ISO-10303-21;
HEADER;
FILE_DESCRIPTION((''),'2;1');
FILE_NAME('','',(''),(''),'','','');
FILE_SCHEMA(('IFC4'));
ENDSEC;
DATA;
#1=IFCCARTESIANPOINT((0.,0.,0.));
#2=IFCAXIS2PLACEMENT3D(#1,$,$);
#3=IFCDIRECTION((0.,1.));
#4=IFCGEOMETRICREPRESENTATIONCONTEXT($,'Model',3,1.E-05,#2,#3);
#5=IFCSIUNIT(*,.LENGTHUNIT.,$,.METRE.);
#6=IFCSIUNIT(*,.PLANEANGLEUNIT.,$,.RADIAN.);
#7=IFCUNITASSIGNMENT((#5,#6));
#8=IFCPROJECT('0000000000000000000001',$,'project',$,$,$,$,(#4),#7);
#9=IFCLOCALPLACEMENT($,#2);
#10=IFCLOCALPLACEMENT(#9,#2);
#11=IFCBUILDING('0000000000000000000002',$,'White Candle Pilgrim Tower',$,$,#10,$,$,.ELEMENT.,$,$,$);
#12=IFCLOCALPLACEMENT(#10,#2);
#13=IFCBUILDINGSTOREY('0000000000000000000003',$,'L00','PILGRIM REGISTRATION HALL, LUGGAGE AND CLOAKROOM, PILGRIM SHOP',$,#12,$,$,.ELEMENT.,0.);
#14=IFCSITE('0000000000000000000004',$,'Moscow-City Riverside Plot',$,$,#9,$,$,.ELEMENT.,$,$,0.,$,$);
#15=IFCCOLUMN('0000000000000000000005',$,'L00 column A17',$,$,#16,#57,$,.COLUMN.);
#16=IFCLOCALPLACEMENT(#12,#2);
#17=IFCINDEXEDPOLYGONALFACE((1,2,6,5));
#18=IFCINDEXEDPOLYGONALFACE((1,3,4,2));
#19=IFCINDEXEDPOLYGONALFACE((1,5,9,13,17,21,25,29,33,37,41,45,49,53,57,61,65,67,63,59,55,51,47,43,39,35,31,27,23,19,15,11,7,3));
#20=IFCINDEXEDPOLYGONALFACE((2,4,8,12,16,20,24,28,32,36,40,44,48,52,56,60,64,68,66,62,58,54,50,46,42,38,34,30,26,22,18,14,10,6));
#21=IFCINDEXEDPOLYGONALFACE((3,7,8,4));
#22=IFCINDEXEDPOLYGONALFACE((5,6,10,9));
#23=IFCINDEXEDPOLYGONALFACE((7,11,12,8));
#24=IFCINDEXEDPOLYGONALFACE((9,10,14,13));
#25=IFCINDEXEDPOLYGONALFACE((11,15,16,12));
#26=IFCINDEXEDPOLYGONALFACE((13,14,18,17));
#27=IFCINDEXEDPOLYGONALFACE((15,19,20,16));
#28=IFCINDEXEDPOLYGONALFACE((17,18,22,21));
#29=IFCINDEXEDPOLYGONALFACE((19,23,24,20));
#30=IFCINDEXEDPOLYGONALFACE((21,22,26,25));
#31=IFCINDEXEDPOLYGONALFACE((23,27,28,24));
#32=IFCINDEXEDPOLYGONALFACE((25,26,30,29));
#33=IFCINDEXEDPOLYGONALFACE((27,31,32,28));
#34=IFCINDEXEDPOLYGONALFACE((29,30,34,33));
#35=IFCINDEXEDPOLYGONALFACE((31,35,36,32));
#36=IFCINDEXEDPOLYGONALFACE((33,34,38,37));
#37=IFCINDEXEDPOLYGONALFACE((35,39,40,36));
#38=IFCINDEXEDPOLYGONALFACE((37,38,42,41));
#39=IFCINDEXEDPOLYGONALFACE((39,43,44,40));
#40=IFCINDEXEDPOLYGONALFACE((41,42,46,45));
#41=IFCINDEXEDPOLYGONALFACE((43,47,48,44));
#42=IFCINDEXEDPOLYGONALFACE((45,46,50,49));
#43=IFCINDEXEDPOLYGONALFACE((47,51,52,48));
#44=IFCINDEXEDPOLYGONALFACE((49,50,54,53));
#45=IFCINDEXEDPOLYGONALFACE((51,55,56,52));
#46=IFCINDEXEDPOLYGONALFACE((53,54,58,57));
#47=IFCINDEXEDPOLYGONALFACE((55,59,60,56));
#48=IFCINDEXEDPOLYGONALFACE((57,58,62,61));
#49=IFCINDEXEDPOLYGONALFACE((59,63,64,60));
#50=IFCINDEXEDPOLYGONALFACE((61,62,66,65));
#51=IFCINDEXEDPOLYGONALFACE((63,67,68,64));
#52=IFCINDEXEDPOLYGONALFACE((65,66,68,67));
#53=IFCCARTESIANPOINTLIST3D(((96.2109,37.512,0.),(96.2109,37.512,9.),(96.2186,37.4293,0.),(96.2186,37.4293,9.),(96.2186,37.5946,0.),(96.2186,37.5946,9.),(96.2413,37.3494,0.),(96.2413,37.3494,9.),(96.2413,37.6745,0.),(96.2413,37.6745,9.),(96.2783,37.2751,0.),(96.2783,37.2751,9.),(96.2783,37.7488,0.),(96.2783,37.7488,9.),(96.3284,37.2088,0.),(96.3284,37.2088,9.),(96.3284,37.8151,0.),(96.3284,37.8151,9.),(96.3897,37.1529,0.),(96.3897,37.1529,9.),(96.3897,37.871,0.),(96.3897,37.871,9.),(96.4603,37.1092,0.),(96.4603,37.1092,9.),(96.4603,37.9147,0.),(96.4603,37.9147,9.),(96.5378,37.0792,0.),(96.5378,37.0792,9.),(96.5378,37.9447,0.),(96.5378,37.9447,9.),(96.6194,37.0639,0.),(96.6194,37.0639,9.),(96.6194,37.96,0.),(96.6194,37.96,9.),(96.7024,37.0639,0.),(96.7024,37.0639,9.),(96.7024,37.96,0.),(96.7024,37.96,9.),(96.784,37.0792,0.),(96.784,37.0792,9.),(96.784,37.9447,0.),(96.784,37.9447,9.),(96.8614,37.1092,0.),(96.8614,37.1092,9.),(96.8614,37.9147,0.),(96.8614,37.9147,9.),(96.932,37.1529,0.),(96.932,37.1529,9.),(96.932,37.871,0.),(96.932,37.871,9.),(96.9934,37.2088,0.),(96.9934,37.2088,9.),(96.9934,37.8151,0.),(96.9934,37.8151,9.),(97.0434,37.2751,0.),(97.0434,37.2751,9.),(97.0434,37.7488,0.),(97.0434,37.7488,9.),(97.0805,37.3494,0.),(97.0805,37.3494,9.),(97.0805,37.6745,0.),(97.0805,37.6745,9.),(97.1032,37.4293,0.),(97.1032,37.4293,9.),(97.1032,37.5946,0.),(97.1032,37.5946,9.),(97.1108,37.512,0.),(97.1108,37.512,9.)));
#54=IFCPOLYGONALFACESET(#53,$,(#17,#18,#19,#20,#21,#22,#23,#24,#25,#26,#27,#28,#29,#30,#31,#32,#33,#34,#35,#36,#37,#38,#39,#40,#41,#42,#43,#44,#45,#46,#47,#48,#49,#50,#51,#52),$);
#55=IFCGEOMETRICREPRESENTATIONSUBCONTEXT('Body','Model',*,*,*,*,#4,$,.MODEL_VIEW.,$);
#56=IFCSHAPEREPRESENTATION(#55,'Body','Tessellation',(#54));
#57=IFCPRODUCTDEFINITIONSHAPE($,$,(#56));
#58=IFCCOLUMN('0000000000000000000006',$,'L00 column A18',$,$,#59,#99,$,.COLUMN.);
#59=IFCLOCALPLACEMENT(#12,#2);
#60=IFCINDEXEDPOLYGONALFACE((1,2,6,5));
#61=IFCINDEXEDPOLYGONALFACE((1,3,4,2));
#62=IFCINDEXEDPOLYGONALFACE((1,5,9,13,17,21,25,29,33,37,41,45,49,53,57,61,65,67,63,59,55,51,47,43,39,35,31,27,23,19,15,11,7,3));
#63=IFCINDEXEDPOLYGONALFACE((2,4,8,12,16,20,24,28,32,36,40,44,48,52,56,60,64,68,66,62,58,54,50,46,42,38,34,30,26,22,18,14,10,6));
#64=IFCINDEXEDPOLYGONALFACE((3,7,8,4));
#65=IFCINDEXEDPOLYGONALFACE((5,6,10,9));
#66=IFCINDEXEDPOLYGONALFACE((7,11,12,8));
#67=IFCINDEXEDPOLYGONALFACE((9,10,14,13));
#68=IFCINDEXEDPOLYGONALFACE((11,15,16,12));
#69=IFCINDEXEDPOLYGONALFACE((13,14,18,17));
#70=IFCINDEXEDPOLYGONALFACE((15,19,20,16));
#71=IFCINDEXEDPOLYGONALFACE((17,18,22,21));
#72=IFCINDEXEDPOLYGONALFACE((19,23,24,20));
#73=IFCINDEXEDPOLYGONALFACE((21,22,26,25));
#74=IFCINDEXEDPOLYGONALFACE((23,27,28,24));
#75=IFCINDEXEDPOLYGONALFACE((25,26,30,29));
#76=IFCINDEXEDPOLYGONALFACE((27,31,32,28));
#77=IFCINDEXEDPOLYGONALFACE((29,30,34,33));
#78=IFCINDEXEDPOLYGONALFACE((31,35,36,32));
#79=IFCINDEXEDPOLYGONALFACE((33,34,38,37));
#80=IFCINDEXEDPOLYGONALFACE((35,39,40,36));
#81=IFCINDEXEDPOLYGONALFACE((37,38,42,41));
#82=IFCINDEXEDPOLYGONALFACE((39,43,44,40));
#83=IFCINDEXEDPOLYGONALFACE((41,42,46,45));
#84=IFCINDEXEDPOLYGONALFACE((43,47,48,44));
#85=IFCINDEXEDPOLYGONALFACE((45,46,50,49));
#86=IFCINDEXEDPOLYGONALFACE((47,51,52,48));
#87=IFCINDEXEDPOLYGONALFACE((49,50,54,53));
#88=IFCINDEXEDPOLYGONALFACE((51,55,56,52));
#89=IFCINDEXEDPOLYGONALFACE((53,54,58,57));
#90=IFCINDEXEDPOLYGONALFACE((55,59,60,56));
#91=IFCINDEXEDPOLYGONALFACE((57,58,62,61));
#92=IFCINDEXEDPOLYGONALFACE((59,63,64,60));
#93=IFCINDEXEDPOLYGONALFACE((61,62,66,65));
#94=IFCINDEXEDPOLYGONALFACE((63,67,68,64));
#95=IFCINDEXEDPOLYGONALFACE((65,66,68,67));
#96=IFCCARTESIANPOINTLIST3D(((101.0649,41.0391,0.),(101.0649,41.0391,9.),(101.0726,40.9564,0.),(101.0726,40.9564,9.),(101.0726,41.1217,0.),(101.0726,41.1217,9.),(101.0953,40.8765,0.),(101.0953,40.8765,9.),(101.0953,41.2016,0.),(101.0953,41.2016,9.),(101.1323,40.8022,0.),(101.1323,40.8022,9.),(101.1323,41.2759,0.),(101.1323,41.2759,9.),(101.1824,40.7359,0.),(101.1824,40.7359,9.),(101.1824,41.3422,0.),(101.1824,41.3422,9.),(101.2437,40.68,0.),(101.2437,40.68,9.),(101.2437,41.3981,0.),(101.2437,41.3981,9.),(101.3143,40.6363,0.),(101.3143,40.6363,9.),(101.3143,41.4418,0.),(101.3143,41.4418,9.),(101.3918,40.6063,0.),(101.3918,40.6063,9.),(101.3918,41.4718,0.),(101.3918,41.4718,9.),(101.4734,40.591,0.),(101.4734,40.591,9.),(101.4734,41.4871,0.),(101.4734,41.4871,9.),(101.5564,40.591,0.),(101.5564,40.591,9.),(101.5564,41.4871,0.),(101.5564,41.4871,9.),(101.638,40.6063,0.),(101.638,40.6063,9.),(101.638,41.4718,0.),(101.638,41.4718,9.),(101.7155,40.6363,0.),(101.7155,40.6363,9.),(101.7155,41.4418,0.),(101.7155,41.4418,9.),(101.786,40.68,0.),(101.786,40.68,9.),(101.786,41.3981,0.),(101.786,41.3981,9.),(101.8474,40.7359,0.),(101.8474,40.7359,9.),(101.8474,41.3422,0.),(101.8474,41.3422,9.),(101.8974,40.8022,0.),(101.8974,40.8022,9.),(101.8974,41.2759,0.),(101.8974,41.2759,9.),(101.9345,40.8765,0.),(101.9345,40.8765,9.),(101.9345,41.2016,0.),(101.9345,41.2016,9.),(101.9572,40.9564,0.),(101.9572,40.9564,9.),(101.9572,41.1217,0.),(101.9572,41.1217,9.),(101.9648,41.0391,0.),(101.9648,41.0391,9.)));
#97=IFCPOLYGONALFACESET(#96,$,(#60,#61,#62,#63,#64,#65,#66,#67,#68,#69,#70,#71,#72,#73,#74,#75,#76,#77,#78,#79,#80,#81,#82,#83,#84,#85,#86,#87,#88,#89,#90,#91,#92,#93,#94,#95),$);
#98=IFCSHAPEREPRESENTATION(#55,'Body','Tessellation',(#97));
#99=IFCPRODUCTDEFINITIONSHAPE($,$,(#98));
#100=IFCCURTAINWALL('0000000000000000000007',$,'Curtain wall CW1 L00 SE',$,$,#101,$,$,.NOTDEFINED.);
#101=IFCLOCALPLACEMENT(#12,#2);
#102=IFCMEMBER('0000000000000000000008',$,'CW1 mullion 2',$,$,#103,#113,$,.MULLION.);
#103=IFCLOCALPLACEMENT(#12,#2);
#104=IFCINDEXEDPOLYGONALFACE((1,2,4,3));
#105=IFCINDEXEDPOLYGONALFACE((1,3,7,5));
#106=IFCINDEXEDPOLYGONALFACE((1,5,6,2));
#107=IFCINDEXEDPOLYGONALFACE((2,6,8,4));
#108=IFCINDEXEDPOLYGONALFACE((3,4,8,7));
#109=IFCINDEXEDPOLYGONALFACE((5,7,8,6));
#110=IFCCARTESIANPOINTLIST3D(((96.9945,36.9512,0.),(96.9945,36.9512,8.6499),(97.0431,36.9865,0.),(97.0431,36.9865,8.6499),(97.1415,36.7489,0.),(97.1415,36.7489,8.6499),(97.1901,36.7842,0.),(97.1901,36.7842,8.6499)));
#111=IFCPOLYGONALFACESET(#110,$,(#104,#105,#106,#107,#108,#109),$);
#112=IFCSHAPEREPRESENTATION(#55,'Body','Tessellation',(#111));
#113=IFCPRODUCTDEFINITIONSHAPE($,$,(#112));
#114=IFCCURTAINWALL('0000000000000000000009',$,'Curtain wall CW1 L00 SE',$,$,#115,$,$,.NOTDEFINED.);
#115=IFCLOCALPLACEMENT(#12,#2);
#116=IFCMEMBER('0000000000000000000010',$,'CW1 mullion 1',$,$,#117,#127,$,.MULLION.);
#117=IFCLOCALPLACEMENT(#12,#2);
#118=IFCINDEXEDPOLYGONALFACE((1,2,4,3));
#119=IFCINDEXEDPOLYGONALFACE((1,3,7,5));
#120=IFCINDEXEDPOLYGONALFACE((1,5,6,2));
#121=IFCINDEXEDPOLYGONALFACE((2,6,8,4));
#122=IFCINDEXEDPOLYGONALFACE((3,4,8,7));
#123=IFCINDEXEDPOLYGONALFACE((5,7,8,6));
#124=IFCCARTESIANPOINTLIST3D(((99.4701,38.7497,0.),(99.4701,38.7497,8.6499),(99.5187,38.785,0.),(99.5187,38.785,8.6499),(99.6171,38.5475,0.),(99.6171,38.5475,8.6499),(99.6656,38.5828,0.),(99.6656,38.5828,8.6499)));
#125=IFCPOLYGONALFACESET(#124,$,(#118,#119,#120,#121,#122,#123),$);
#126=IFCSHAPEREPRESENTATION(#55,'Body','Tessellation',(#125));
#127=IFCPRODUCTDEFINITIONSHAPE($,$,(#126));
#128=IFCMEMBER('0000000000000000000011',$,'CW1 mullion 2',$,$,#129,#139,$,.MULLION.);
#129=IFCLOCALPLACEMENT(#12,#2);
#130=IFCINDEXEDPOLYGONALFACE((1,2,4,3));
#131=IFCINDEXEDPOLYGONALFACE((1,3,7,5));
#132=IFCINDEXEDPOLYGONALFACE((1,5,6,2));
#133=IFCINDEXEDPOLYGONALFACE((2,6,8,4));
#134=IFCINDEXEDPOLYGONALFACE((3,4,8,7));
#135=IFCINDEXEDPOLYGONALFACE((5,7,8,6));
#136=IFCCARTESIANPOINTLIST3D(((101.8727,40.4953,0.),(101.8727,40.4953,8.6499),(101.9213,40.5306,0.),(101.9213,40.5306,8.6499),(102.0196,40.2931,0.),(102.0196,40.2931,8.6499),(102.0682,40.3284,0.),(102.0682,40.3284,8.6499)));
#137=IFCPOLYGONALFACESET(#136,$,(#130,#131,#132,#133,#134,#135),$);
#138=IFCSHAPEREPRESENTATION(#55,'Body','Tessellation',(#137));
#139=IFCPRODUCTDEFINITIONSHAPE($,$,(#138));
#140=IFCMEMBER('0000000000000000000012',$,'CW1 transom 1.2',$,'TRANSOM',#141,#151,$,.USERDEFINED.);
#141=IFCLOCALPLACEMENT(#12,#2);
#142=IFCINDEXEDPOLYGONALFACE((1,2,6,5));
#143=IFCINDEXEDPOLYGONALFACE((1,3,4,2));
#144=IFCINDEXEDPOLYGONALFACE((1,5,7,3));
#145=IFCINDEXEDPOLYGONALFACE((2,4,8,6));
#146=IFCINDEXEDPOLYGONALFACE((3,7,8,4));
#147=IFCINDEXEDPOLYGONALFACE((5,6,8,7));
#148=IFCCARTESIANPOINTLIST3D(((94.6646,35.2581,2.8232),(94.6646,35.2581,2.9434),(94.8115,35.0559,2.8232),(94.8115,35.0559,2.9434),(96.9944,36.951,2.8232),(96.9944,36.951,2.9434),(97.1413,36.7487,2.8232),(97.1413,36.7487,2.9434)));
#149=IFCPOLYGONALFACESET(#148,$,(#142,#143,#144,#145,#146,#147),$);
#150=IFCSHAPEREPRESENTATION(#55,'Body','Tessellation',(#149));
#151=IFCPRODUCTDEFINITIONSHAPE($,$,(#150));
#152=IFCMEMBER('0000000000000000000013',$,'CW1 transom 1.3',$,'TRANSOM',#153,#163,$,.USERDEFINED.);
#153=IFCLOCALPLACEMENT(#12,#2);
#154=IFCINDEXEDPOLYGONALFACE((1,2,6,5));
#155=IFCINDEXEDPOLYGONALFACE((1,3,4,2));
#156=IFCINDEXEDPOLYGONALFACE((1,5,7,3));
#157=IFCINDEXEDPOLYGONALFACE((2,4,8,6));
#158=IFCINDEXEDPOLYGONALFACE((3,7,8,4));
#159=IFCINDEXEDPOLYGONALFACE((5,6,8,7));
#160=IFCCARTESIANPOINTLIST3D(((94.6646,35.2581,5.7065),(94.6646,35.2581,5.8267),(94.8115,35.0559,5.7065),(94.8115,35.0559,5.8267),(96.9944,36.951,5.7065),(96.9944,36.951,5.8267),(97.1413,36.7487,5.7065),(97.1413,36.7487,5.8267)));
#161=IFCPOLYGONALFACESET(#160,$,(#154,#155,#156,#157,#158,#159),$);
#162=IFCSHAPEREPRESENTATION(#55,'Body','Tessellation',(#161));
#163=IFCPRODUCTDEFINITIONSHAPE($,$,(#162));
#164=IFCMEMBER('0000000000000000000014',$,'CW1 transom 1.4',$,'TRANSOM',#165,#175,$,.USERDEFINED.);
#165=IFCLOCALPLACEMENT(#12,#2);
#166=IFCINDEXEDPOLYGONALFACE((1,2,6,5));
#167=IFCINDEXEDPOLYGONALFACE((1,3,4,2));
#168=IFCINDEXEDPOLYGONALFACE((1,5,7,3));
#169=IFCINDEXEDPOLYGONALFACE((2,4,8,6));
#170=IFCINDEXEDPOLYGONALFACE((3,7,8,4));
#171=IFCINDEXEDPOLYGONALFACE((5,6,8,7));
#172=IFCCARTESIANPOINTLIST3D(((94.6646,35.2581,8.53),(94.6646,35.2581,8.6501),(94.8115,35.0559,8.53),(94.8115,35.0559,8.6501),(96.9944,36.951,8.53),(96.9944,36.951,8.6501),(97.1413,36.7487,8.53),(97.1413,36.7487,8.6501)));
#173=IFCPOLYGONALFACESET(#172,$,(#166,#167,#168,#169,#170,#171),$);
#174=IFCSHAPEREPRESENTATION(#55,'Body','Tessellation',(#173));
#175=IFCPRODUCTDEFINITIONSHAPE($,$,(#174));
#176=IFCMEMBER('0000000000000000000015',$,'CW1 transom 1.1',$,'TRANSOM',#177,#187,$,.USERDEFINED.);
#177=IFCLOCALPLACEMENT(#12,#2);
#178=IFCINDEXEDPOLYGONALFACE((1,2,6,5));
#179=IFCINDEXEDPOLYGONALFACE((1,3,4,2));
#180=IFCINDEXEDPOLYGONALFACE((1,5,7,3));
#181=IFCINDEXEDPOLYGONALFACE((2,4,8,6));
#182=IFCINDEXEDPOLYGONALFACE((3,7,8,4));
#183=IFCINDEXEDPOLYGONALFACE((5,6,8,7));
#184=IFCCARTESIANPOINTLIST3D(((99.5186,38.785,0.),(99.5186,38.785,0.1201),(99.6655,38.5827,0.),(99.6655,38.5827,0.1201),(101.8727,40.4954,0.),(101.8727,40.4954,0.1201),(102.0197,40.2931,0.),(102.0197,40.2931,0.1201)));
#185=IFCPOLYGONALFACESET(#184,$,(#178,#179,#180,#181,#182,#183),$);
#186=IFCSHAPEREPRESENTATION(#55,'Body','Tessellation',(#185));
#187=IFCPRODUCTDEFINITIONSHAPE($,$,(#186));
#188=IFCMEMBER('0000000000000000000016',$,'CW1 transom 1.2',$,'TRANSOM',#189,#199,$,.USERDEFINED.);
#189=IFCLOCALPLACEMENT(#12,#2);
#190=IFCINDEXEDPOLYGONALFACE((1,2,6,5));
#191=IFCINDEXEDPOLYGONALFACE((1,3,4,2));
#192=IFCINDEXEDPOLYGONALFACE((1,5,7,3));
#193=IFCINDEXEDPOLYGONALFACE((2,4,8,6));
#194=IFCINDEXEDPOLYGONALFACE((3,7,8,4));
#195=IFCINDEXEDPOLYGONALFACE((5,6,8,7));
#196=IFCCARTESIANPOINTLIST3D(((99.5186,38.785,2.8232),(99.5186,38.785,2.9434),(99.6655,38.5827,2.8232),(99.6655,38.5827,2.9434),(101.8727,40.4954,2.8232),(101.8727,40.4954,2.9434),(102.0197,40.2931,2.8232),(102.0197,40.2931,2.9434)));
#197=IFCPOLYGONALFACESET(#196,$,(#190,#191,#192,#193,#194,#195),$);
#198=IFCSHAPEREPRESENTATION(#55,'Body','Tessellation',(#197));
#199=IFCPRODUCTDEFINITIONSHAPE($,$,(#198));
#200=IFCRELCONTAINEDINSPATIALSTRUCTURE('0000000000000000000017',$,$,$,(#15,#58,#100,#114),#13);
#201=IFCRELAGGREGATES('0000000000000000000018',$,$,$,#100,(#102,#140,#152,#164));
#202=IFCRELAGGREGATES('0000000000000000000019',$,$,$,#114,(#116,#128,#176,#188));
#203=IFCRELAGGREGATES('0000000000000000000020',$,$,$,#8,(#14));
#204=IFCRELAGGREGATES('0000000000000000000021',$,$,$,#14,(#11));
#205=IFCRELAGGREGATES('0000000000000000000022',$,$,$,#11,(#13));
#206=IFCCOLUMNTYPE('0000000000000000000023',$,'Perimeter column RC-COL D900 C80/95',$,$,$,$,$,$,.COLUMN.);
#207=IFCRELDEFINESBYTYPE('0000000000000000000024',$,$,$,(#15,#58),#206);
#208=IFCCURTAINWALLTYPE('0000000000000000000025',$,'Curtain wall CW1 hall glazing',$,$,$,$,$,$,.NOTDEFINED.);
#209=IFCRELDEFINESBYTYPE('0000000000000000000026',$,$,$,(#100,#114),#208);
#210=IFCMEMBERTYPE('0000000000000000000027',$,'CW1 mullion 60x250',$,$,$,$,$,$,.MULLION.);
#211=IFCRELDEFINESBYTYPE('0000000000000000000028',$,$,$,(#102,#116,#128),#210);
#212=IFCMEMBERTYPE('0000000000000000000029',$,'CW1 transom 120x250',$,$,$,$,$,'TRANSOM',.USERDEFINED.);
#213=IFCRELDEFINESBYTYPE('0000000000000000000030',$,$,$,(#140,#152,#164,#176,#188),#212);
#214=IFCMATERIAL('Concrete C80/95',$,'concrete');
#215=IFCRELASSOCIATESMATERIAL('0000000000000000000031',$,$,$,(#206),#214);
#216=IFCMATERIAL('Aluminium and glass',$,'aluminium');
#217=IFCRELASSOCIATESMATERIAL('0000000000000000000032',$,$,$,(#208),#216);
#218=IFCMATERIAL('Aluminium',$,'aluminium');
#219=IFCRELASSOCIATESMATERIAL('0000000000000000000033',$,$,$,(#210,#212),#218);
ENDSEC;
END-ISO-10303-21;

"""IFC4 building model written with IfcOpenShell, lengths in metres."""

from ifc_helpers import new_model, si_unit, direction, frame, origin, origin_2d, place, context, subcontext, project, spatial, rectangle, circle, extrude, material, material_profile, profile_set, type_object, element, aggregate, save


model = new_model("IFC4")

# Units and contexts
model_context = context("Model", 3, precision=1e-05, world=origin(), true_north=direction((0.0, 1.0)))
body_context = subcontext(model_context, "Body", "Model", "MODEL_VIEW")
ifc_project = project(units=[si_unit("LENGTHUNIT", "METRE"), si_unit("PLANEANGLEUNIT", "RADIAN")], contexts=[model_context])

# Site, building, storey
site_placement = place(None, origin())
site = spatial("IfcSite", under=ifc_project, at=site_placement, Name="Moscow-City Riverside Plot", CompositionType="ELEMENT", RefElevation=0.0)
building_placement = place(site_placement, origin())
building = spatial("IfcBuilding", under=site, at=building_placement, Name="White Candle Pilgrim Tower", CompositionType="ELEMENT")
storey_placement = place(building_placement, origin())
storey = spatial("IfcBuildingStorey", under=building, at=storey_placement, Name="L00", Description="PILGRIM REGISTRATION HALL, LUGGAGE AND CLOAKROOM, PILGRIM SHOP", CompositionType="ELEMENT", Elevation=0.0)

# Columns
ifc_material_1 = material(Name="Concrete C80/95", Category="concrete")
ifc_material_profile_1 = material_profile(ifc_material_1, circle(Radius=0.45, at=origin_2d()), Name="RC-COL D900")
ifc_profile_set_1 = profile_set([ifc_material_profile_1], Name="Concrete C80/95")
column_type = type_object("IfcColumnType", Name="Perimeter column RC-COL D900 C80/95", PredefinedType="COLUMN", material=ifc_profile_set_1)
for number, where, z_axis, x_axis, name in (
    (1, (96.6609, 37.512, 0.0), (0.0, 0.0, 1.0), (1.0, 0.0, 0.0), "L00 column A17"),
    (2, (101.5149, 41.0391, 0.0), (0.0, 0.0, 1.0), (1.0, 0.0, 0.0), "L00 column A18"),
):
    element("IfcColumn", number, at=place(storey_placement, frame(where, z_axis=z_axis, x_axis=x_axis)), inside=storey, type_object=column_type, Name=name, PredefinedType="COLUMN", context=body_context, shape_type="SweptSolid", body=[
        extrude(circle(Radius=0.45, at=origin_2d()), origin(), (0.0, 0.0, 1.0), 9.0),
    ])

# Curtain wall, member
ifc_material_2 = material(Name="Aluminium and glass", Category="aluminium")
curtain_wall_type = type_object("IfcCurtainWallType", Name="Curtain wall CW1 hall glazing", PredefinedType="NOTDEFINED", material=ifc_material_2)
curtain_wall_1_placement = place(storey_placement, origin())
curtain_wall_1 = element("IfcCurtainWall", 3, at=curtain_wall_1_placement, inside=storey, type_object=curtain_wall_type, Name="Curtain wall CW1 L00 SE", PredefinedType="NOTDEFINED")
ifc_material_3 = material(Name="Aluminium", Category="aluminium")
ifc_material_profile_2 = material_profile(ifc_material_3, rectangle(XDim=0.25, YDim=0.0601, at=origin_2d()), Name="CW1 mullion 60x250")
ifc_profile_set_2 = profile_set([ifc_material_profile_2], Name="Aluminium")
member_type_1 = type_object("IfcMemberType", Name="CW1 mullion 60x250", PredefinedType="MULLION", material=ifc_profile_set_2)
member_1_placement = place(storey_placement, frame((97.0923, 36.8677, 0.0), z_axis=(0.0, 0.0, 1.0), x_axis=(-0.587785, 0.809017, 0.0)))
member_1 = element("IfcMember", 4, at=member_1_placement, type_object=member_type_1, Name="CW1 mullion 2", PredefinedType="MULLION", context=body_context, shape_type="SweptSolid", body=[
    extrude(rectangle(XDim=0.25, YDim=0.0601, at=origin_2d()), origin(), (0.0, 0.0, 1.0), 8.6499),
])

# Curtain wall, members
curtain_wall_2_placement = place(storey_placement, origin())
curtain_wall_2 = element("IfcCurtainWall", 5, at=curtain_wall_2_placement, inside=storey, type_object=curtain_wall_type, Name="Curtain wall CW1 L00 SE", PredefinedType="NOTDEFINED")
member_2_placement = place(storey_placement, frame((99.5679, 38.6663, 0.0), z_axis=(0.0, 0.0, 1.0), x_axis=(-0.587785, 0.809017, 0.0)))
member_2 = element("IfcMember", 6, at=member_2_placement, type_object=member_type_1, Name="CW1 mullion 1", PredefinedType="MULLION", context=body_context, shape_type="SweptSolid", body=[
    extrude(rectangle(XDim=0.25, YDim=0.0601, at=origin_2d()), origin(), (0.0, 0.0, 1.0), 8.6499),
])
member_3_placement = place(storey_placement, frame((101.9705, 40.4119, 0.0), z_axis=(0.0, 0.0, 1.0), x_axis=(-0.587785, 0.809017, 0.0)))
member_3 = element("IfcMember", 7, at=member_3_placement, type_object=member_type_1, Name="CW1 mullion 2", PredefinedType="MULLION", context=body_context, shape_type="SweptSolid", body=[
    extrude(rectangle(XDim=0.25, YDim=0.0601, at=origin_2d()), origin(), (0.0, 0.0, 1.0), 8.6499),
])

# Members
ifc_material_profile_3 = material_profile(ifc_material_3, rectangle(XDim=0.25, YDim=0.1201, at=origin_2d()), Name="CW1 transom 120x250")
ifc_profile_set_3 = profile_set([ifc_material_profile_3], Name="Aluminium")
member_type_2 = type_object("IfcMemberType", Name="CW1 transom 120x250", ElementType="TRANSOM", PredefinedType="USERDEFINED", material=ifc_profile_set_3)
member_4_placement = place(storey_placement, frame((94.738, 35.157, 2.8833), z_axis=(0.808993, 0.587819, 0.0), x_axis=(-0.587819, 0.808993, 0.0)))
member_4 = element("IfcMember", 8, at=member_4_placement, type_object=member_type_2, Name="CW1 transom 1.2", ObjectType="TRANSOM", PredefinedType="USERDEFINED", context=body_context, shape_type="SweptSolid", body=[
    extrude(rectangle(XDim=0.25, YDim=0.1201, at=origin_2d()), origin(), (0.0, 0.0, 1.0), 2.8799),
])
member_5_placement = place(storey_placement, frame((94.738, 35.157, 5.7666), z_axis=(0.808993, 0.587819, 0.0), x_axis=(-0.587819, 0.808993, 0.0)))
member_5 = element("IfcMember", 9, at=member_5_placement, type_object=member_type_2, Name="CW1 transom 1.3", ObjectType="TRANSOM", PredefinedType="USERDEFINED", context=body_context, shape_type="SweptSolid", body=[
    extrude(rectangle(XDim=0.25, YDim=0.1201, at=origin_2d()), origin(), (0.0, 0.0, 1.0), 2.8799),
])
member_6_placement = place(storey_placement, frame((94.738, 35.157, 8.5901), z_axis=(0.808993, 0.587819, 0.0), x_axis=(-0.587819, 0.808993, 0.0)))
member_6 = element("IfcMember", 10, at=member_6_placement, type_object=member_type_2, Name="CW1 transom 1.4", ObjectType="TRANSOM", PredefinedType="USERDEFINED", context=body_context, shape_type="SweptSolid", body=[
    extrude(rectangle(XDim=0.25, YDim=0.1201, at=origin_2d()), origin(), (0.0, 0.0, 1.0), 2.8799),
])
member_7_placement = place(storey_placement, frame((99.592, 38.6838, 0.0601), z_axis=(0.809019, 0.587783, 0.0), x_axis=(-0.587783, 0.809019, 0.0)))
member_7 = element("IfcMember", 11, at=member_7_placement, type_object=member_type_2, Name="CW1 transom 1.1", ObjectType="TRANSOM", PredefinedType="USERDEFINED", context=body_context, shape_type="SweptSolid", body=[
    extrude(rectangle(XDim=0.25, YDim=0.1201, at=origin_2d()), origin(), (0.0, 0.0, 1.0), 2.9099),
])
member_8_placement = place(storey_placement, frame((99.592, 38.6838, 2.8833), z_axis=(0.809019, 0.587783, 0.0), x_axis=(-0.587783, 0.809019, 0.0)))
member_8 = element("IfcMember", 12, at=member_8_placement, type_object=member_type_2, Name="CW1 transom 1.2", ObjectType="TRANSOM", PredefinedType="USERDEFINED", context=body_context, shape_type="SweptSolid", body=[
    extrude(rectangle(XDim=0.25, YDim=0.1201, at=origin_2d()), origin(), (0.0, 0.0, 1.0), 2.9099),
])

aggregate(curtain_wall_1, [member_1, member_4, member_5, member_6])
aggregate(curtain_wall_2, [member_2, member_3, member_7, member_8])

save(model, "model.ifc")
